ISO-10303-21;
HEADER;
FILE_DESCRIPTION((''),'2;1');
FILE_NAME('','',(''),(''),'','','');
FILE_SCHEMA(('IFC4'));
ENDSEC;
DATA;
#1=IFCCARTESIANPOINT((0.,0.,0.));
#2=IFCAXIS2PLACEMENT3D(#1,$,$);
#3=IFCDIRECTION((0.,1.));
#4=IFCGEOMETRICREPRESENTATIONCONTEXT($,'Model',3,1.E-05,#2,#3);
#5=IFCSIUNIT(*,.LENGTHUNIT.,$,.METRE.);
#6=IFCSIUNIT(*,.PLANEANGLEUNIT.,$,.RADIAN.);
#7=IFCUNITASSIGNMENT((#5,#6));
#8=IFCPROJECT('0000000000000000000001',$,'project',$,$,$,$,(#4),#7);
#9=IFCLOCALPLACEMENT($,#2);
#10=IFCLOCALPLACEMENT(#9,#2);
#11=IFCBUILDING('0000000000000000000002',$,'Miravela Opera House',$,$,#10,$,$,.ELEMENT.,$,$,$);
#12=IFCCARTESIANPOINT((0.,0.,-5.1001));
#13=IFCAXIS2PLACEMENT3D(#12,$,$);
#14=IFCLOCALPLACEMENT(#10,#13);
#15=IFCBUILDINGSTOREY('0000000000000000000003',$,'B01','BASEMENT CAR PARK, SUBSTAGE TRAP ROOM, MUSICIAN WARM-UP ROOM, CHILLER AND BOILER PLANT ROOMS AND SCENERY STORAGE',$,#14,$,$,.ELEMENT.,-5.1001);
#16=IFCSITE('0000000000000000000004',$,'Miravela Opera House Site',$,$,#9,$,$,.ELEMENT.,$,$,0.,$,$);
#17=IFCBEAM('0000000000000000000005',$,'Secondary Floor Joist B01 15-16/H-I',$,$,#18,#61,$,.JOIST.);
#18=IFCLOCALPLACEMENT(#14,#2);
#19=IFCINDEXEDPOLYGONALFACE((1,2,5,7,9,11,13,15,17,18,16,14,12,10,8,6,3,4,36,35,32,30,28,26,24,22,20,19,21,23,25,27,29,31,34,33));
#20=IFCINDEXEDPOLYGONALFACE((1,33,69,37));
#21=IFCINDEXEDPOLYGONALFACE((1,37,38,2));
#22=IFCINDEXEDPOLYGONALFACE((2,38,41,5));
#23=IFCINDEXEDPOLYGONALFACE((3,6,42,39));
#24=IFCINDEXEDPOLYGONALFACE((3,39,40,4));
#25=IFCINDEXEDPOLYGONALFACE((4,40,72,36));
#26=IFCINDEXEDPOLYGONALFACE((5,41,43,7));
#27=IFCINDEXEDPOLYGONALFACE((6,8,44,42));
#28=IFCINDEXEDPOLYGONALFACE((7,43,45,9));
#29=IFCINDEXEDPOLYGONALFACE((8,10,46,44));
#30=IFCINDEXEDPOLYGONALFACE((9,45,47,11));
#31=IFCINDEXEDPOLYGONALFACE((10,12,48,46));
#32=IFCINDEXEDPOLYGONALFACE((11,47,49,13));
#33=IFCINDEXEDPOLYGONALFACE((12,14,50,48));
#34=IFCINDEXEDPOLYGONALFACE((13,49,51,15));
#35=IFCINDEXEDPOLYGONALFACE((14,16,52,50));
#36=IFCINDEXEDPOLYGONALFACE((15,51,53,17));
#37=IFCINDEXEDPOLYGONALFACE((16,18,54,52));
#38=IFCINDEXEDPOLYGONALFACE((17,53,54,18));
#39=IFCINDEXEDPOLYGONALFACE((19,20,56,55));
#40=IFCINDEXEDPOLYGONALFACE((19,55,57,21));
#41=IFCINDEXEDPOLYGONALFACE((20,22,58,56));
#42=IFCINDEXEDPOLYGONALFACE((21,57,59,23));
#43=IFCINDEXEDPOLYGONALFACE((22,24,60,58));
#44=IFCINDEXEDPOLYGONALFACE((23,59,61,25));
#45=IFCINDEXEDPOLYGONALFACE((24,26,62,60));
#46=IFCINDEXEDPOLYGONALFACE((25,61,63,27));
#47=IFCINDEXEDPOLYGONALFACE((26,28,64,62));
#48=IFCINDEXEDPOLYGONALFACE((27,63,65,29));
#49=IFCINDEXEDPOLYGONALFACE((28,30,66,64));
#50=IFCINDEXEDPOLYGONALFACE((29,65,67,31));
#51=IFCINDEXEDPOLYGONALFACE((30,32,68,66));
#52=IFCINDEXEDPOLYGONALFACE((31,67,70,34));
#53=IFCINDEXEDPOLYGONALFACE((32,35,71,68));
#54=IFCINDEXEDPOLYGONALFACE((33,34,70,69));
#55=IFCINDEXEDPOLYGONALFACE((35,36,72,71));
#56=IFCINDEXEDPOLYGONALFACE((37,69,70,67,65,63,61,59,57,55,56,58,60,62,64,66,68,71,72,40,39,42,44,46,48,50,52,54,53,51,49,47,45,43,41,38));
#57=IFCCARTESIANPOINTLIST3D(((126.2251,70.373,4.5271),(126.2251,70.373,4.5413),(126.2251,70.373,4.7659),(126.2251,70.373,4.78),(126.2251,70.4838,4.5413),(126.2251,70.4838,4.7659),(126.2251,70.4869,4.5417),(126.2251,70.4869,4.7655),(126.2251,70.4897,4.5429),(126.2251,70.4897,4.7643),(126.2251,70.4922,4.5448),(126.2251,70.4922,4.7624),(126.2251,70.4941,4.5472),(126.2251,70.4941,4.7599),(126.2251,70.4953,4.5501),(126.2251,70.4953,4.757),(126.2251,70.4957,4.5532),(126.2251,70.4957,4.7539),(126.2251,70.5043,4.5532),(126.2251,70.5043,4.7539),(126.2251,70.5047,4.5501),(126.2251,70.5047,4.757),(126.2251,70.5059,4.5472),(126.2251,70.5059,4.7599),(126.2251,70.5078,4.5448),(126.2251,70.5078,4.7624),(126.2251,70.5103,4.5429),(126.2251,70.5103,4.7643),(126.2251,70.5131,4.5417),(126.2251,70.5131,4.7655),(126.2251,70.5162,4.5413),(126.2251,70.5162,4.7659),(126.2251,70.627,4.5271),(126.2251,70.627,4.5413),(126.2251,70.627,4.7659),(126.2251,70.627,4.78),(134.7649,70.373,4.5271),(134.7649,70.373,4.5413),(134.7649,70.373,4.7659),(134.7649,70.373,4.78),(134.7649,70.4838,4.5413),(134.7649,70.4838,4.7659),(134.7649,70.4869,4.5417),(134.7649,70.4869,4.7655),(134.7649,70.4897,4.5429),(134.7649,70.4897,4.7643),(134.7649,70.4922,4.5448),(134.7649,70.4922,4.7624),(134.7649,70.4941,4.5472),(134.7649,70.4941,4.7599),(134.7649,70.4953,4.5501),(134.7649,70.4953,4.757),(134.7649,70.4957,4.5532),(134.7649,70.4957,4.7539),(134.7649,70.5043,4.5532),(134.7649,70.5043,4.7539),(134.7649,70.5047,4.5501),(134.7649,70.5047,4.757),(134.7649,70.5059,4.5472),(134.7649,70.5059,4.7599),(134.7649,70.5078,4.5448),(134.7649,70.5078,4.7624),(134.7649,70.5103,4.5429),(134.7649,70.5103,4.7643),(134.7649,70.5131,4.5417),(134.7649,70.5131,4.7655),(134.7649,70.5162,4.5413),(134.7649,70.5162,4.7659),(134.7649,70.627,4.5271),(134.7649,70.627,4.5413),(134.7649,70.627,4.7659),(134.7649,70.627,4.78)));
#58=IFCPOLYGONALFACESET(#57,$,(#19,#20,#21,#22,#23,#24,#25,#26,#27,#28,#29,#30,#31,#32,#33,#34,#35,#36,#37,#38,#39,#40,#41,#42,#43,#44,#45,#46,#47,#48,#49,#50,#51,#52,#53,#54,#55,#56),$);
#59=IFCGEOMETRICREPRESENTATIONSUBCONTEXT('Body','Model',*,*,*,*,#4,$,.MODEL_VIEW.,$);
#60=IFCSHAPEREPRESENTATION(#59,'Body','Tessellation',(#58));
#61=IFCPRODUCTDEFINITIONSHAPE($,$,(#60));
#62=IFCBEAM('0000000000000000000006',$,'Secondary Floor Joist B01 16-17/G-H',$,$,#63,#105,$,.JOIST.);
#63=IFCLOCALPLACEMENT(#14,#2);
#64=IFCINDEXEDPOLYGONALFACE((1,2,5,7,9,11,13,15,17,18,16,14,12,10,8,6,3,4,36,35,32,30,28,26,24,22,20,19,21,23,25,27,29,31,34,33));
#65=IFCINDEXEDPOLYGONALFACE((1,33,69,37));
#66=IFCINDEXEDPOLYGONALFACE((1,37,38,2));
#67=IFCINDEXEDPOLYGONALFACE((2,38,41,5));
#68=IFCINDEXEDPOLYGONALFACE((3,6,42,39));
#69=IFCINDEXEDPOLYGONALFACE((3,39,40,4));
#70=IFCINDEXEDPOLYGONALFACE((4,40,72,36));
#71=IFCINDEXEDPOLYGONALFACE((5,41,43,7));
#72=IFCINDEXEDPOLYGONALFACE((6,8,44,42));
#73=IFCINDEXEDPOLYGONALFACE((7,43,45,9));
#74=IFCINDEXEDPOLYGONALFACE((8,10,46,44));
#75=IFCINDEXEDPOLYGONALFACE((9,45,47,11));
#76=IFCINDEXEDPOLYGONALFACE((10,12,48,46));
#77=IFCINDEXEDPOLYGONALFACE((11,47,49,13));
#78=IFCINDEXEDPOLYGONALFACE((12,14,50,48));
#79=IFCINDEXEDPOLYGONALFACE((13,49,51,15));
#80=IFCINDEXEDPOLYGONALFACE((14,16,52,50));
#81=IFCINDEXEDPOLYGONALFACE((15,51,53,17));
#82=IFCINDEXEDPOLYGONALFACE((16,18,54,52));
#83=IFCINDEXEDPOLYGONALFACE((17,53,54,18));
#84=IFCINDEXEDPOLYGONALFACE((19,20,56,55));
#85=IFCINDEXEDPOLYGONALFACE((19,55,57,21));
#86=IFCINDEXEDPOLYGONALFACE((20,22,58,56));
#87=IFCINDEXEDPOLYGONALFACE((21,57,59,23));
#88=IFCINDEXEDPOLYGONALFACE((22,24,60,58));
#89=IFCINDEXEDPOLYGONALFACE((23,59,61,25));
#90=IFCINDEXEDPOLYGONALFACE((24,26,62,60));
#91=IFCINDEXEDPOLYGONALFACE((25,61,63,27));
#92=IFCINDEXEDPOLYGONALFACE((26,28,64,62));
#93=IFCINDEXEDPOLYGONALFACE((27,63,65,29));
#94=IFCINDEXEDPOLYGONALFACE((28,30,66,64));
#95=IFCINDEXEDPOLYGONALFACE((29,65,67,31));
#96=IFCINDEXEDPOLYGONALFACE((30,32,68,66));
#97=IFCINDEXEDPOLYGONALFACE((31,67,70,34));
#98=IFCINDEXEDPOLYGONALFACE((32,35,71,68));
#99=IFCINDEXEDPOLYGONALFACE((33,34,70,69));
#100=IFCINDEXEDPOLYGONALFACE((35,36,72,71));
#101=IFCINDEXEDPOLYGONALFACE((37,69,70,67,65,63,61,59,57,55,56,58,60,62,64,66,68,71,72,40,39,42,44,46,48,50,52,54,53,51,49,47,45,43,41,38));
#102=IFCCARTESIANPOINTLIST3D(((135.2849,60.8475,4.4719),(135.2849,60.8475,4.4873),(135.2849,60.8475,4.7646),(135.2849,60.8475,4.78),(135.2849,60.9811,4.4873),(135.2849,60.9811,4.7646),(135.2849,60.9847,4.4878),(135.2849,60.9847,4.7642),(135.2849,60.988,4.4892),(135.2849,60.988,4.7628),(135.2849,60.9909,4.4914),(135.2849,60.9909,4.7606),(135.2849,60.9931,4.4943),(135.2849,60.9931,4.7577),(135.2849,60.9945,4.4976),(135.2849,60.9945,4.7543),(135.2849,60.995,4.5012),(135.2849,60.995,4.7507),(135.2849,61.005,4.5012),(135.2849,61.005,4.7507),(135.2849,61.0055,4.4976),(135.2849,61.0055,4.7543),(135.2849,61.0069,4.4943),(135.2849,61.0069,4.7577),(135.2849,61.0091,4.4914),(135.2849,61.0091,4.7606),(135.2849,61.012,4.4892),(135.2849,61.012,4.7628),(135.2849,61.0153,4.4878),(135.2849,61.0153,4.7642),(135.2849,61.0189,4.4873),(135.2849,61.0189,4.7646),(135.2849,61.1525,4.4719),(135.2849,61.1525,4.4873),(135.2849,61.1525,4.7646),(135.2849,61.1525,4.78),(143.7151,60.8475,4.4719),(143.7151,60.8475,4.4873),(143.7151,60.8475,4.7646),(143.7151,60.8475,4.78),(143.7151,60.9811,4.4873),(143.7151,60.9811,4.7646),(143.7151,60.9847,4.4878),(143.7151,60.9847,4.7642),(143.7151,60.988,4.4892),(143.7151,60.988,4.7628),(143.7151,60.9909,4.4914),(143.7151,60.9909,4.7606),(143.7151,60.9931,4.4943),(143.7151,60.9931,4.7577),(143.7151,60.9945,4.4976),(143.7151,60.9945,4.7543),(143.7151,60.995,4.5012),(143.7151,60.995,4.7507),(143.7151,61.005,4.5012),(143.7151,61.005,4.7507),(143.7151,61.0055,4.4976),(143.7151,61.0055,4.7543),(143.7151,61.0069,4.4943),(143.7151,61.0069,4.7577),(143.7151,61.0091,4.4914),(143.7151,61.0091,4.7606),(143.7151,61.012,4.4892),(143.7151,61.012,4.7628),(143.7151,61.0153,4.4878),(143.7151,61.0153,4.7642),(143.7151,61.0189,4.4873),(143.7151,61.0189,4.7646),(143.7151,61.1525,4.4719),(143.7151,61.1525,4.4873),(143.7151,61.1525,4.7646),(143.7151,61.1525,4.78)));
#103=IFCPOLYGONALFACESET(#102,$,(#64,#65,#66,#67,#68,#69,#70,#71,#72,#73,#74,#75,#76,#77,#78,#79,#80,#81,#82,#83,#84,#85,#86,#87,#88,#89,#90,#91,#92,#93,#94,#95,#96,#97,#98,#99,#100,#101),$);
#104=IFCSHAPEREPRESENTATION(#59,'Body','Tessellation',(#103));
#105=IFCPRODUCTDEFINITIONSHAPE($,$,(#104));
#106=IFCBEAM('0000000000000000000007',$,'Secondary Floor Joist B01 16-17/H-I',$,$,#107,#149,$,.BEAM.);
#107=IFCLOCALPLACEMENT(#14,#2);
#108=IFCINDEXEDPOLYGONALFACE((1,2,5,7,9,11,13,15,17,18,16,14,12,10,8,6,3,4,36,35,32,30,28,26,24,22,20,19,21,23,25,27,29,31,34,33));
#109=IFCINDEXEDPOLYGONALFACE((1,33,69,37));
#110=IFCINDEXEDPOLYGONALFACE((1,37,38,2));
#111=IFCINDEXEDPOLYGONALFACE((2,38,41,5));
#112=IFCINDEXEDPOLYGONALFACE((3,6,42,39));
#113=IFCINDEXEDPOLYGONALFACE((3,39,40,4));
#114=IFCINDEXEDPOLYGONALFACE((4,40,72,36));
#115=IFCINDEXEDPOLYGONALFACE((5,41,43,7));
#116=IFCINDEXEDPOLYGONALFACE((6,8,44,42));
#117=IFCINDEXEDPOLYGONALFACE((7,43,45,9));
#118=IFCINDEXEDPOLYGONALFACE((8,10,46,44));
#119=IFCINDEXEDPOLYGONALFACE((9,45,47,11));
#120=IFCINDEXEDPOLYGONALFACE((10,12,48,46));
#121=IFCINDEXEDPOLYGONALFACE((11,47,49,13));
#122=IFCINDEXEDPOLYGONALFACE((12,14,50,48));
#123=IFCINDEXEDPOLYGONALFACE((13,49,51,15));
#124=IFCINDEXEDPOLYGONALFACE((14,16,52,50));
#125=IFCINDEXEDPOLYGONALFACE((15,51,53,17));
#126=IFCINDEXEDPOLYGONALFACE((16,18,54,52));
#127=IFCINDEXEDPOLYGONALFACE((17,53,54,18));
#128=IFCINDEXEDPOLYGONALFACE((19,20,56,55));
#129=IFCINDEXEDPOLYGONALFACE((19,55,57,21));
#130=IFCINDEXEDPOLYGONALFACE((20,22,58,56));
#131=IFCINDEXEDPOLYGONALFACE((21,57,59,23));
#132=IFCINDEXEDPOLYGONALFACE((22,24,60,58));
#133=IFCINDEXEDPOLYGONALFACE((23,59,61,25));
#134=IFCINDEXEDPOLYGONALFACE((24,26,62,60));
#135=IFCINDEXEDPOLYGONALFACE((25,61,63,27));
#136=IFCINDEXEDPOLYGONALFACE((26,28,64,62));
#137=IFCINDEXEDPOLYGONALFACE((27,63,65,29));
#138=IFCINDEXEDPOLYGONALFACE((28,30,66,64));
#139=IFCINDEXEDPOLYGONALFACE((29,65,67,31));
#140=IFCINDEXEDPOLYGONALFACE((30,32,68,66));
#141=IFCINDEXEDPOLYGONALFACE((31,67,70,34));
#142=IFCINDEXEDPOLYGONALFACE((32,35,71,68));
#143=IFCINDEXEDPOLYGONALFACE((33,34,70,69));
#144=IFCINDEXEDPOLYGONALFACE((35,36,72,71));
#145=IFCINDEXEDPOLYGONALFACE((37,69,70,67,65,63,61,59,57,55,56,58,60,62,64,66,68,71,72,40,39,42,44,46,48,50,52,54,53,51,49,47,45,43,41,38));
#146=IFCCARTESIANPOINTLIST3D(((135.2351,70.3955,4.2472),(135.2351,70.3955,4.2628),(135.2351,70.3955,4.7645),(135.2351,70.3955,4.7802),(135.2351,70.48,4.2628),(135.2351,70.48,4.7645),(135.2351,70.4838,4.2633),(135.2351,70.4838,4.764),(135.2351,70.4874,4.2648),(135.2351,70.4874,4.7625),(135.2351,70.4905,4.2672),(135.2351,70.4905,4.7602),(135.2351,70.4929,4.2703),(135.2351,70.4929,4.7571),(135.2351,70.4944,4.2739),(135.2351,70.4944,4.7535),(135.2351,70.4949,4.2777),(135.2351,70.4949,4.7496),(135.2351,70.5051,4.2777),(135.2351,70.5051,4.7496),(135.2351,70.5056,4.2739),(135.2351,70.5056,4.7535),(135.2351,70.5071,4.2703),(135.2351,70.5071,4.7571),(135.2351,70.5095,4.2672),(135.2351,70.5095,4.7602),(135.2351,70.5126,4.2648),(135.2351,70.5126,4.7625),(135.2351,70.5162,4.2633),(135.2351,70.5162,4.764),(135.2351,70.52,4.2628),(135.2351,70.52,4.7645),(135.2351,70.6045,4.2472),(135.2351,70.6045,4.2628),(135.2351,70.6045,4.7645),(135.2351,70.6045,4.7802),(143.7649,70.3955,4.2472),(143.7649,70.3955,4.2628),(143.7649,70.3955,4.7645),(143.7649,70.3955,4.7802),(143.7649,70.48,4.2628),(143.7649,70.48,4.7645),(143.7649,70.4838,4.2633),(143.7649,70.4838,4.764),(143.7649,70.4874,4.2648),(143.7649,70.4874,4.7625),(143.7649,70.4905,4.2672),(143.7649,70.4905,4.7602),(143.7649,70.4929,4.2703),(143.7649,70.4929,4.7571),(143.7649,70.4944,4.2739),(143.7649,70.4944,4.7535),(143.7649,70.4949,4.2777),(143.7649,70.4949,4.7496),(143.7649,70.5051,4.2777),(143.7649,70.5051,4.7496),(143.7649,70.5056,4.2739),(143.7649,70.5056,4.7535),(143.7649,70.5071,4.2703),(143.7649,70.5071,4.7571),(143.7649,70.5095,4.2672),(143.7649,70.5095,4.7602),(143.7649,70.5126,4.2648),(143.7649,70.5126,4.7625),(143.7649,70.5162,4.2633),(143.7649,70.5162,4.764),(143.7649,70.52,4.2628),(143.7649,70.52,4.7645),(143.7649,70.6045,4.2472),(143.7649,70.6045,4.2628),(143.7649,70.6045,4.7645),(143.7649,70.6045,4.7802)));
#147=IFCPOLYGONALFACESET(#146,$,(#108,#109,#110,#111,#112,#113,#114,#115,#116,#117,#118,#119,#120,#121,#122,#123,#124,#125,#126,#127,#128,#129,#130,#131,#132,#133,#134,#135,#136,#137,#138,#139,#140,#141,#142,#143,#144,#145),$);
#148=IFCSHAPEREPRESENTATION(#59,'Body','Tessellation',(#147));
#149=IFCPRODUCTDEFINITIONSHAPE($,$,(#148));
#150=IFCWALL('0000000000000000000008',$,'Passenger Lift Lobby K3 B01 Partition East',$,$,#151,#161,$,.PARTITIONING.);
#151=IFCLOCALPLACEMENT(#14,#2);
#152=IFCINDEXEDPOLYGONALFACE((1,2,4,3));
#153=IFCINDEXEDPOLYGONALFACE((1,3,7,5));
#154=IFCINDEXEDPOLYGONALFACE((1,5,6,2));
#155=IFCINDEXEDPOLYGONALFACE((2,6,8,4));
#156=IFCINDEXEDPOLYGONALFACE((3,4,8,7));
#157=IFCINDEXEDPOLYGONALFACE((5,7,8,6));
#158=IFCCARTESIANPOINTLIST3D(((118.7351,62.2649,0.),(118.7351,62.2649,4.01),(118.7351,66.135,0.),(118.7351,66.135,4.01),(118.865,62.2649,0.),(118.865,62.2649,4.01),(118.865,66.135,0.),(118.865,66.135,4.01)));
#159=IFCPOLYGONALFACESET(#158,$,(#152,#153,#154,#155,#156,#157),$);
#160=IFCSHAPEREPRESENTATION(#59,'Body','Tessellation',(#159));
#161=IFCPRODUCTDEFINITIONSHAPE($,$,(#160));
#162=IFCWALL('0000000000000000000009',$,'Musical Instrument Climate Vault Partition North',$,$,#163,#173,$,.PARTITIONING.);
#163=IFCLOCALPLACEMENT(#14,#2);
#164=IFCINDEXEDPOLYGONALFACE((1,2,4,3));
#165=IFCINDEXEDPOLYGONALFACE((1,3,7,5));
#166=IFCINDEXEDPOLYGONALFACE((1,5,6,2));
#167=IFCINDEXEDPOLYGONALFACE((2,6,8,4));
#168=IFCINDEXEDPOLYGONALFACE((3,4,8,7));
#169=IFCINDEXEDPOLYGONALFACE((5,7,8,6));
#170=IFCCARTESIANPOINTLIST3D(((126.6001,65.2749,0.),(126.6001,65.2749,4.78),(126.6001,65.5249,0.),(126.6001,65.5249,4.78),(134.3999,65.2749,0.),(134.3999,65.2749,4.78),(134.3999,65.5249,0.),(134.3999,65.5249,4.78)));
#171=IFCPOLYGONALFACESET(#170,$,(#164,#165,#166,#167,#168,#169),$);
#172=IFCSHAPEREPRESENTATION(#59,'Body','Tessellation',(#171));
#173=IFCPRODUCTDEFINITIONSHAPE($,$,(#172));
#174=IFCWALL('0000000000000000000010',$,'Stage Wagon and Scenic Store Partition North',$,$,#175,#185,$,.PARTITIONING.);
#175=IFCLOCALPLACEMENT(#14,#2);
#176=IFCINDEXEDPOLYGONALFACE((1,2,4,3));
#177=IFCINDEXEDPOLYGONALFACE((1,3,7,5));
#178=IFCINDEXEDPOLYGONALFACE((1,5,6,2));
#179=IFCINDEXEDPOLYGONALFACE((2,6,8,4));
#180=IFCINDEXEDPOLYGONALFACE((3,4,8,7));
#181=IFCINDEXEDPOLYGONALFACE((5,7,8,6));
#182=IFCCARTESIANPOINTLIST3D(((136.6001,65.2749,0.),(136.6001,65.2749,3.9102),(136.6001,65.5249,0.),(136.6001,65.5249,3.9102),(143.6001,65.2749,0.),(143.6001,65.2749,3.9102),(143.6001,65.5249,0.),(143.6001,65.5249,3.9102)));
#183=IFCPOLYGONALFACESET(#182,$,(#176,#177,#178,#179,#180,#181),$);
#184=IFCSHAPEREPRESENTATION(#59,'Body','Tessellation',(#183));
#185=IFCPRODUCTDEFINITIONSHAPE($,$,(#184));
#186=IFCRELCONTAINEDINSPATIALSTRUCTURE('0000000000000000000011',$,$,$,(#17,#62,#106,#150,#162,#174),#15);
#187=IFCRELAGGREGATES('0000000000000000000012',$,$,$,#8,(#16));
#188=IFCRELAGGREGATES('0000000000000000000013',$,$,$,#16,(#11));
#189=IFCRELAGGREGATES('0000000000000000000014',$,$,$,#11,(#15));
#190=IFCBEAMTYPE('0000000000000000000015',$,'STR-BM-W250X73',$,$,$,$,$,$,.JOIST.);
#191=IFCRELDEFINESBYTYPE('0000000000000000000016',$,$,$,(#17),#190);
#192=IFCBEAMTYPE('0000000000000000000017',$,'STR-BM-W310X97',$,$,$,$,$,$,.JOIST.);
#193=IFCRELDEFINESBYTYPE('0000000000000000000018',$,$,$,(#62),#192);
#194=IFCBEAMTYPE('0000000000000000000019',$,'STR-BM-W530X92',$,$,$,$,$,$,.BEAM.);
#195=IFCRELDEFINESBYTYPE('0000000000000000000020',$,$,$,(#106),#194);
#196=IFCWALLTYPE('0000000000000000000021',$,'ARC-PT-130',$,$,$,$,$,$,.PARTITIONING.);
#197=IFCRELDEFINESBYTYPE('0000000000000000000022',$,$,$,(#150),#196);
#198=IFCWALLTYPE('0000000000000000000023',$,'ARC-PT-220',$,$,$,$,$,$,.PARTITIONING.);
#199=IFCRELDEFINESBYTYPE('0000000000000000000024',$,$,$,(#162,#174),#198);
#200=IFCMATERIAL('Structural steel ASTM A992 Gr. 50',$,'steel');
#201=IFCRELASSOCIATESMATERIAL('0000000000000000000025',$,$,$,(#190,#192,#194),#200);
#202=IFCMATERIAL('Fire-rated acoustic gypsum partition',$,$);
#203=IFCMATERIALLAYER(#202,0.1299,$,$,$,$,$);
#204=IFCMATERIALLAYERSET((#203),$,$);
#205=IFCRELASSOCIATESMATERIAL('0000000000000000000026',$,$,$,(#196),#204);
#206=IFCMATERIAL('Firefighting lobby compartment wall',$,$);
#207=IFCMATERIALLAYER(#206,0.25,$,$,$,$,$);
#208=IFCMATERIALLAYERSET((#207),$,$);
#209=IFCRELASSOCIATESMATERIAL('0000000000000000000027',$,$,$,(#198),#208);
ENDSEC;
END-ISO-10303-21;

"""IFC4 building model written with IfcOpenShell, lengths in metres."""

from ifc_helpers import new_model, si_unit, direction, frame, frame_2d, origin, origin_2d, place, context, subcontext, project, spatial, rectangle, i_section, extrude, material, layer, layer_set, material_profile, profile_set, type_object, element, save


model = new_model("IFC4")

# Units and contexts
model_context = context("Model", 3, precision=1e-05, world=origin(), true_north=direction((0.0, 1.0)))
body_context = subcontext(model_context, "Body", "Model", "MODEL_VIEW")
ifc_project = project(units=[si_unit("LENGTHUNIT", "METRE"), si_unit("PLANEANGLEUNIT", "RADIAN")], contexts=[model_context])

# Site, building, storey
site_placement = place(None, origin())
site = spatial("IfcSite", under=ifc_project, at=site_placement, Name="Miravela Opera House Site", CompositionType="ELEMENT", RefElevation=0.0)
building_placement = place(site_placement, origin())
building = spatial("IfcBuilding", under=site, at=building_placement, Name="Miravela Opera House", CompositionType="ELEMENT")
storey_placement = place(building_placement, frame((0.0, 0.0, -5.1001)))
storey = spatial("IfcBuildingStorey", under=building, at=storey_placement, Name="B01", Description="BASEMENT CAR PARK, SUBSTAGE TRAP ROOM, MUSICIAN WARM-UP ROOM, CHILLER AND BOILER PLANT ROOMS AND SCENERY STORAGE", CompositionType="ELEMENT", Elevation=-5.1001)

# Beams
ifc_material_1 = material(Name="Structural steel ASTM A992 Gr. 50", Category="steel")
ifc_material_profile_1 = material_profile(ifc_material_1, i_section(OverallWidth=0.2539, OverallDepth=0.2529, WebThickness=0.0085, FlangeThickness=0.0142, FilletRadius=0.012, at=origin_2d()), Name="W250X73")
ifc_profile_set_1 = profile_set([ifc_material_profile_1])
beam_type_1 = type_object("IfcBeamType", Name="STR-BM-W250X73", PredefinedType="JOIST", material=ifc_profile_set_1)
beam_1_placement = place(storey_placement, frame((126.2251, 70.5, 4.6536), z_axis=(1.0, 0.0, 0.0), x_axis=(0.0, 1.0, 0.0)))
element("IfcBeam", 1, at=beam_1_placement, inside=storey, type_object=beam_type_1, Name="Secondary Floor Joist B01 15-16/H-I", PredefinedType="JOIST", context=body_context, shape_type="SweptSolid", body=[
    extrude(i_section(OverallWidth=0.2539, OverallDepth=0.2529, WebThickness=0.0085, FlangeThickness=0.0142, FilletRadius=0.012, at=origin_2d()), origin(), (0.0, 0.0, 1.0), 8.5398),
])
ifc_material_profile_2 = material_profile(ifc_material_1, i_section(OverallWidth=0.3049, OverallDepth=0.3081, WebThickness=0.01, FlangeThickness=0.0154, FilletRadius=0.0139, at=origin_2d()), Name="W310X97")
ifc_profile_set_2 = profile_set([ifc_material_profile_2])
beam_type_2 = type_object("IfcBeamType", Name="STR-BM-W310X97", PredefinedType="JOIST", material=ifc_profile_set_2)
beam_2_placement = place(storey_placement, frame((135.2849, 61.0, 4.626), z_axis=(1.0, 0.0, 0.0), x_axis=(0.0, 1.0, 0.0)))
element("IfcBeam", 2, at=beam_2_placement, inside=storey, type_object=beam_type_2, Name="Secondary Floor Joist B01 16-17/G-H", PredefinedType="JOIST", context=body_context, shape_type="SweptSolid", body=[
    extrude(i_section(OverallWidth=0.3049, OverallDepth=0.3081, WebThickness=0.01, FlangeThickness=0.0154, FilletRadius=0.0139, at=origin_2d()), origin(), (0.0, 0.0, 1.0), 8.4302),
])
ifc_material_profile_3 = material_profile(ifc_material_1, i_section(OverallWidth=0.209, OverallDepth=0.533, WebThickness=0.0103, FlangeThickness=0.0156, FilletRadius=0.0149, at=origin_2d()), Name="W530X92")
ifc_profile_set_3 = profile_set([ifc_material_profile_3])
beam_type_3 = type_object("IfcBeamType", Name="STR-BM-W530X92", PredefinedType="BEAM", material=ifc_profile_set_3)
beam_3_placement = place(storey_placement, frame((135.2351, 70.5, 4.5137), z_axis=(1.0, 0.0, 0.0), x_axis=(0.0, 1.0, 0.0)))
element("IfcBeam", 3, at=beam_3_placement, inside=storey, type_object=beam_type_3, Name="Secondary Floor Joist B01 16-17/H-I", PredefinedType="BEAM", context=body_context, shape_type="SweptSolid", body=[
    extrude(i_section(OverallWidth=0.209, OverallDepth=0.533, WebThickness=0.0103, FlangeThickness=0.0156, FilletRadius=0.0149, at=origin_2d()), origin(), (0.0, 0.0, 1.0), 8.5298),
])

# Walls
ifc_material_2 = material(Name="Fire-rated acoustic gypsum partition")
ifc_layer_1 = layer(ifc_material_2, 0.1299)
ifc_layer_set_1 = layer_set([ifc_layer_1])
wall_type_1 = type_object("IfcWallType", Name="ARC-PT-130", PredefinedType="PARTITIONING", material=ifc_layer_set_1)
wall_1_placement = place(storey_placement, frame((118.8, 62.2649, 0.0), z_axis=(0.0, 0.0, 1.0), x_axis=(0.0, 1.0, 0.0)))
element("IfcWall", 4, at=wall_1_placement, inside=storey, type_object=wall_type_1, Name="Passenger Lift Lobby K3 B01 Partition East", PredefinedType="PARTITIONING", context=body_context, shape_type="SweptSolid", body=[
    extrude(rectangle(XDim=3.8701, YDim=0.1299, at=frame_2d((1.9351, 0.0))), origin(), (0.0, 0.0, 1.0), 4.01),
])
ifc_material_3 = material(Name="Firefighting lobby compartment wall")
ifc_layer_2 = layer(ifc_material_3, 0.25)
ifc_layer_set_2 = layer_set([ifc_layer_2])
wall_type_2 = type_object("IfcWallType", Name="ARC-PT-220", PredefinedType="PARTITIONING", material=ifc_layer_set_2)
wall_2_placement = place(storey_placement, frame((126.6001, 65.3999, 0.0), z_axis=(0.0, 0.0, 1.0), x_axis=(1.0, 0.0, 0.0)))
element("IfcWall", 5, at=wall_2_placement, inside=storey, type_object=wall_type_2, Name="Musical Instrument Climate Vault Partition North", PredefinedType="PARTITIONING", context=body_context, shape_type="SweptSolid", body=[
    extrude(rectangle(XDim=7.7998, YDim=0.25, at=frame_2d((3.8999, 0.0))), origin(), (0.0, 0.0, 1.0), 4.78),
])
wall_3_placement = place(storey_placement, frame((136.6001, 65.3999, 0.0), z_axis=(0.0, 0.0, 1.0), x_axis=(1.0, 0.0, 0.0)))
element("IfcWall", 6, at=wall_3_placement, inside=storey, type_object=wall_type_2, Name="Stage Wagon and Scenic Store Partition North", PredefinedType="PARTITIONING", context=body_context, shape_type="SweptSolid", body=[
    extrude(rectangle(XDim=7.0, YDim=0.25, at=frame_2d((3.5, 0.0))), origin(), (0.0, 0.0, 1.0), 3.9102),
])

save(model, "model.ifc")
